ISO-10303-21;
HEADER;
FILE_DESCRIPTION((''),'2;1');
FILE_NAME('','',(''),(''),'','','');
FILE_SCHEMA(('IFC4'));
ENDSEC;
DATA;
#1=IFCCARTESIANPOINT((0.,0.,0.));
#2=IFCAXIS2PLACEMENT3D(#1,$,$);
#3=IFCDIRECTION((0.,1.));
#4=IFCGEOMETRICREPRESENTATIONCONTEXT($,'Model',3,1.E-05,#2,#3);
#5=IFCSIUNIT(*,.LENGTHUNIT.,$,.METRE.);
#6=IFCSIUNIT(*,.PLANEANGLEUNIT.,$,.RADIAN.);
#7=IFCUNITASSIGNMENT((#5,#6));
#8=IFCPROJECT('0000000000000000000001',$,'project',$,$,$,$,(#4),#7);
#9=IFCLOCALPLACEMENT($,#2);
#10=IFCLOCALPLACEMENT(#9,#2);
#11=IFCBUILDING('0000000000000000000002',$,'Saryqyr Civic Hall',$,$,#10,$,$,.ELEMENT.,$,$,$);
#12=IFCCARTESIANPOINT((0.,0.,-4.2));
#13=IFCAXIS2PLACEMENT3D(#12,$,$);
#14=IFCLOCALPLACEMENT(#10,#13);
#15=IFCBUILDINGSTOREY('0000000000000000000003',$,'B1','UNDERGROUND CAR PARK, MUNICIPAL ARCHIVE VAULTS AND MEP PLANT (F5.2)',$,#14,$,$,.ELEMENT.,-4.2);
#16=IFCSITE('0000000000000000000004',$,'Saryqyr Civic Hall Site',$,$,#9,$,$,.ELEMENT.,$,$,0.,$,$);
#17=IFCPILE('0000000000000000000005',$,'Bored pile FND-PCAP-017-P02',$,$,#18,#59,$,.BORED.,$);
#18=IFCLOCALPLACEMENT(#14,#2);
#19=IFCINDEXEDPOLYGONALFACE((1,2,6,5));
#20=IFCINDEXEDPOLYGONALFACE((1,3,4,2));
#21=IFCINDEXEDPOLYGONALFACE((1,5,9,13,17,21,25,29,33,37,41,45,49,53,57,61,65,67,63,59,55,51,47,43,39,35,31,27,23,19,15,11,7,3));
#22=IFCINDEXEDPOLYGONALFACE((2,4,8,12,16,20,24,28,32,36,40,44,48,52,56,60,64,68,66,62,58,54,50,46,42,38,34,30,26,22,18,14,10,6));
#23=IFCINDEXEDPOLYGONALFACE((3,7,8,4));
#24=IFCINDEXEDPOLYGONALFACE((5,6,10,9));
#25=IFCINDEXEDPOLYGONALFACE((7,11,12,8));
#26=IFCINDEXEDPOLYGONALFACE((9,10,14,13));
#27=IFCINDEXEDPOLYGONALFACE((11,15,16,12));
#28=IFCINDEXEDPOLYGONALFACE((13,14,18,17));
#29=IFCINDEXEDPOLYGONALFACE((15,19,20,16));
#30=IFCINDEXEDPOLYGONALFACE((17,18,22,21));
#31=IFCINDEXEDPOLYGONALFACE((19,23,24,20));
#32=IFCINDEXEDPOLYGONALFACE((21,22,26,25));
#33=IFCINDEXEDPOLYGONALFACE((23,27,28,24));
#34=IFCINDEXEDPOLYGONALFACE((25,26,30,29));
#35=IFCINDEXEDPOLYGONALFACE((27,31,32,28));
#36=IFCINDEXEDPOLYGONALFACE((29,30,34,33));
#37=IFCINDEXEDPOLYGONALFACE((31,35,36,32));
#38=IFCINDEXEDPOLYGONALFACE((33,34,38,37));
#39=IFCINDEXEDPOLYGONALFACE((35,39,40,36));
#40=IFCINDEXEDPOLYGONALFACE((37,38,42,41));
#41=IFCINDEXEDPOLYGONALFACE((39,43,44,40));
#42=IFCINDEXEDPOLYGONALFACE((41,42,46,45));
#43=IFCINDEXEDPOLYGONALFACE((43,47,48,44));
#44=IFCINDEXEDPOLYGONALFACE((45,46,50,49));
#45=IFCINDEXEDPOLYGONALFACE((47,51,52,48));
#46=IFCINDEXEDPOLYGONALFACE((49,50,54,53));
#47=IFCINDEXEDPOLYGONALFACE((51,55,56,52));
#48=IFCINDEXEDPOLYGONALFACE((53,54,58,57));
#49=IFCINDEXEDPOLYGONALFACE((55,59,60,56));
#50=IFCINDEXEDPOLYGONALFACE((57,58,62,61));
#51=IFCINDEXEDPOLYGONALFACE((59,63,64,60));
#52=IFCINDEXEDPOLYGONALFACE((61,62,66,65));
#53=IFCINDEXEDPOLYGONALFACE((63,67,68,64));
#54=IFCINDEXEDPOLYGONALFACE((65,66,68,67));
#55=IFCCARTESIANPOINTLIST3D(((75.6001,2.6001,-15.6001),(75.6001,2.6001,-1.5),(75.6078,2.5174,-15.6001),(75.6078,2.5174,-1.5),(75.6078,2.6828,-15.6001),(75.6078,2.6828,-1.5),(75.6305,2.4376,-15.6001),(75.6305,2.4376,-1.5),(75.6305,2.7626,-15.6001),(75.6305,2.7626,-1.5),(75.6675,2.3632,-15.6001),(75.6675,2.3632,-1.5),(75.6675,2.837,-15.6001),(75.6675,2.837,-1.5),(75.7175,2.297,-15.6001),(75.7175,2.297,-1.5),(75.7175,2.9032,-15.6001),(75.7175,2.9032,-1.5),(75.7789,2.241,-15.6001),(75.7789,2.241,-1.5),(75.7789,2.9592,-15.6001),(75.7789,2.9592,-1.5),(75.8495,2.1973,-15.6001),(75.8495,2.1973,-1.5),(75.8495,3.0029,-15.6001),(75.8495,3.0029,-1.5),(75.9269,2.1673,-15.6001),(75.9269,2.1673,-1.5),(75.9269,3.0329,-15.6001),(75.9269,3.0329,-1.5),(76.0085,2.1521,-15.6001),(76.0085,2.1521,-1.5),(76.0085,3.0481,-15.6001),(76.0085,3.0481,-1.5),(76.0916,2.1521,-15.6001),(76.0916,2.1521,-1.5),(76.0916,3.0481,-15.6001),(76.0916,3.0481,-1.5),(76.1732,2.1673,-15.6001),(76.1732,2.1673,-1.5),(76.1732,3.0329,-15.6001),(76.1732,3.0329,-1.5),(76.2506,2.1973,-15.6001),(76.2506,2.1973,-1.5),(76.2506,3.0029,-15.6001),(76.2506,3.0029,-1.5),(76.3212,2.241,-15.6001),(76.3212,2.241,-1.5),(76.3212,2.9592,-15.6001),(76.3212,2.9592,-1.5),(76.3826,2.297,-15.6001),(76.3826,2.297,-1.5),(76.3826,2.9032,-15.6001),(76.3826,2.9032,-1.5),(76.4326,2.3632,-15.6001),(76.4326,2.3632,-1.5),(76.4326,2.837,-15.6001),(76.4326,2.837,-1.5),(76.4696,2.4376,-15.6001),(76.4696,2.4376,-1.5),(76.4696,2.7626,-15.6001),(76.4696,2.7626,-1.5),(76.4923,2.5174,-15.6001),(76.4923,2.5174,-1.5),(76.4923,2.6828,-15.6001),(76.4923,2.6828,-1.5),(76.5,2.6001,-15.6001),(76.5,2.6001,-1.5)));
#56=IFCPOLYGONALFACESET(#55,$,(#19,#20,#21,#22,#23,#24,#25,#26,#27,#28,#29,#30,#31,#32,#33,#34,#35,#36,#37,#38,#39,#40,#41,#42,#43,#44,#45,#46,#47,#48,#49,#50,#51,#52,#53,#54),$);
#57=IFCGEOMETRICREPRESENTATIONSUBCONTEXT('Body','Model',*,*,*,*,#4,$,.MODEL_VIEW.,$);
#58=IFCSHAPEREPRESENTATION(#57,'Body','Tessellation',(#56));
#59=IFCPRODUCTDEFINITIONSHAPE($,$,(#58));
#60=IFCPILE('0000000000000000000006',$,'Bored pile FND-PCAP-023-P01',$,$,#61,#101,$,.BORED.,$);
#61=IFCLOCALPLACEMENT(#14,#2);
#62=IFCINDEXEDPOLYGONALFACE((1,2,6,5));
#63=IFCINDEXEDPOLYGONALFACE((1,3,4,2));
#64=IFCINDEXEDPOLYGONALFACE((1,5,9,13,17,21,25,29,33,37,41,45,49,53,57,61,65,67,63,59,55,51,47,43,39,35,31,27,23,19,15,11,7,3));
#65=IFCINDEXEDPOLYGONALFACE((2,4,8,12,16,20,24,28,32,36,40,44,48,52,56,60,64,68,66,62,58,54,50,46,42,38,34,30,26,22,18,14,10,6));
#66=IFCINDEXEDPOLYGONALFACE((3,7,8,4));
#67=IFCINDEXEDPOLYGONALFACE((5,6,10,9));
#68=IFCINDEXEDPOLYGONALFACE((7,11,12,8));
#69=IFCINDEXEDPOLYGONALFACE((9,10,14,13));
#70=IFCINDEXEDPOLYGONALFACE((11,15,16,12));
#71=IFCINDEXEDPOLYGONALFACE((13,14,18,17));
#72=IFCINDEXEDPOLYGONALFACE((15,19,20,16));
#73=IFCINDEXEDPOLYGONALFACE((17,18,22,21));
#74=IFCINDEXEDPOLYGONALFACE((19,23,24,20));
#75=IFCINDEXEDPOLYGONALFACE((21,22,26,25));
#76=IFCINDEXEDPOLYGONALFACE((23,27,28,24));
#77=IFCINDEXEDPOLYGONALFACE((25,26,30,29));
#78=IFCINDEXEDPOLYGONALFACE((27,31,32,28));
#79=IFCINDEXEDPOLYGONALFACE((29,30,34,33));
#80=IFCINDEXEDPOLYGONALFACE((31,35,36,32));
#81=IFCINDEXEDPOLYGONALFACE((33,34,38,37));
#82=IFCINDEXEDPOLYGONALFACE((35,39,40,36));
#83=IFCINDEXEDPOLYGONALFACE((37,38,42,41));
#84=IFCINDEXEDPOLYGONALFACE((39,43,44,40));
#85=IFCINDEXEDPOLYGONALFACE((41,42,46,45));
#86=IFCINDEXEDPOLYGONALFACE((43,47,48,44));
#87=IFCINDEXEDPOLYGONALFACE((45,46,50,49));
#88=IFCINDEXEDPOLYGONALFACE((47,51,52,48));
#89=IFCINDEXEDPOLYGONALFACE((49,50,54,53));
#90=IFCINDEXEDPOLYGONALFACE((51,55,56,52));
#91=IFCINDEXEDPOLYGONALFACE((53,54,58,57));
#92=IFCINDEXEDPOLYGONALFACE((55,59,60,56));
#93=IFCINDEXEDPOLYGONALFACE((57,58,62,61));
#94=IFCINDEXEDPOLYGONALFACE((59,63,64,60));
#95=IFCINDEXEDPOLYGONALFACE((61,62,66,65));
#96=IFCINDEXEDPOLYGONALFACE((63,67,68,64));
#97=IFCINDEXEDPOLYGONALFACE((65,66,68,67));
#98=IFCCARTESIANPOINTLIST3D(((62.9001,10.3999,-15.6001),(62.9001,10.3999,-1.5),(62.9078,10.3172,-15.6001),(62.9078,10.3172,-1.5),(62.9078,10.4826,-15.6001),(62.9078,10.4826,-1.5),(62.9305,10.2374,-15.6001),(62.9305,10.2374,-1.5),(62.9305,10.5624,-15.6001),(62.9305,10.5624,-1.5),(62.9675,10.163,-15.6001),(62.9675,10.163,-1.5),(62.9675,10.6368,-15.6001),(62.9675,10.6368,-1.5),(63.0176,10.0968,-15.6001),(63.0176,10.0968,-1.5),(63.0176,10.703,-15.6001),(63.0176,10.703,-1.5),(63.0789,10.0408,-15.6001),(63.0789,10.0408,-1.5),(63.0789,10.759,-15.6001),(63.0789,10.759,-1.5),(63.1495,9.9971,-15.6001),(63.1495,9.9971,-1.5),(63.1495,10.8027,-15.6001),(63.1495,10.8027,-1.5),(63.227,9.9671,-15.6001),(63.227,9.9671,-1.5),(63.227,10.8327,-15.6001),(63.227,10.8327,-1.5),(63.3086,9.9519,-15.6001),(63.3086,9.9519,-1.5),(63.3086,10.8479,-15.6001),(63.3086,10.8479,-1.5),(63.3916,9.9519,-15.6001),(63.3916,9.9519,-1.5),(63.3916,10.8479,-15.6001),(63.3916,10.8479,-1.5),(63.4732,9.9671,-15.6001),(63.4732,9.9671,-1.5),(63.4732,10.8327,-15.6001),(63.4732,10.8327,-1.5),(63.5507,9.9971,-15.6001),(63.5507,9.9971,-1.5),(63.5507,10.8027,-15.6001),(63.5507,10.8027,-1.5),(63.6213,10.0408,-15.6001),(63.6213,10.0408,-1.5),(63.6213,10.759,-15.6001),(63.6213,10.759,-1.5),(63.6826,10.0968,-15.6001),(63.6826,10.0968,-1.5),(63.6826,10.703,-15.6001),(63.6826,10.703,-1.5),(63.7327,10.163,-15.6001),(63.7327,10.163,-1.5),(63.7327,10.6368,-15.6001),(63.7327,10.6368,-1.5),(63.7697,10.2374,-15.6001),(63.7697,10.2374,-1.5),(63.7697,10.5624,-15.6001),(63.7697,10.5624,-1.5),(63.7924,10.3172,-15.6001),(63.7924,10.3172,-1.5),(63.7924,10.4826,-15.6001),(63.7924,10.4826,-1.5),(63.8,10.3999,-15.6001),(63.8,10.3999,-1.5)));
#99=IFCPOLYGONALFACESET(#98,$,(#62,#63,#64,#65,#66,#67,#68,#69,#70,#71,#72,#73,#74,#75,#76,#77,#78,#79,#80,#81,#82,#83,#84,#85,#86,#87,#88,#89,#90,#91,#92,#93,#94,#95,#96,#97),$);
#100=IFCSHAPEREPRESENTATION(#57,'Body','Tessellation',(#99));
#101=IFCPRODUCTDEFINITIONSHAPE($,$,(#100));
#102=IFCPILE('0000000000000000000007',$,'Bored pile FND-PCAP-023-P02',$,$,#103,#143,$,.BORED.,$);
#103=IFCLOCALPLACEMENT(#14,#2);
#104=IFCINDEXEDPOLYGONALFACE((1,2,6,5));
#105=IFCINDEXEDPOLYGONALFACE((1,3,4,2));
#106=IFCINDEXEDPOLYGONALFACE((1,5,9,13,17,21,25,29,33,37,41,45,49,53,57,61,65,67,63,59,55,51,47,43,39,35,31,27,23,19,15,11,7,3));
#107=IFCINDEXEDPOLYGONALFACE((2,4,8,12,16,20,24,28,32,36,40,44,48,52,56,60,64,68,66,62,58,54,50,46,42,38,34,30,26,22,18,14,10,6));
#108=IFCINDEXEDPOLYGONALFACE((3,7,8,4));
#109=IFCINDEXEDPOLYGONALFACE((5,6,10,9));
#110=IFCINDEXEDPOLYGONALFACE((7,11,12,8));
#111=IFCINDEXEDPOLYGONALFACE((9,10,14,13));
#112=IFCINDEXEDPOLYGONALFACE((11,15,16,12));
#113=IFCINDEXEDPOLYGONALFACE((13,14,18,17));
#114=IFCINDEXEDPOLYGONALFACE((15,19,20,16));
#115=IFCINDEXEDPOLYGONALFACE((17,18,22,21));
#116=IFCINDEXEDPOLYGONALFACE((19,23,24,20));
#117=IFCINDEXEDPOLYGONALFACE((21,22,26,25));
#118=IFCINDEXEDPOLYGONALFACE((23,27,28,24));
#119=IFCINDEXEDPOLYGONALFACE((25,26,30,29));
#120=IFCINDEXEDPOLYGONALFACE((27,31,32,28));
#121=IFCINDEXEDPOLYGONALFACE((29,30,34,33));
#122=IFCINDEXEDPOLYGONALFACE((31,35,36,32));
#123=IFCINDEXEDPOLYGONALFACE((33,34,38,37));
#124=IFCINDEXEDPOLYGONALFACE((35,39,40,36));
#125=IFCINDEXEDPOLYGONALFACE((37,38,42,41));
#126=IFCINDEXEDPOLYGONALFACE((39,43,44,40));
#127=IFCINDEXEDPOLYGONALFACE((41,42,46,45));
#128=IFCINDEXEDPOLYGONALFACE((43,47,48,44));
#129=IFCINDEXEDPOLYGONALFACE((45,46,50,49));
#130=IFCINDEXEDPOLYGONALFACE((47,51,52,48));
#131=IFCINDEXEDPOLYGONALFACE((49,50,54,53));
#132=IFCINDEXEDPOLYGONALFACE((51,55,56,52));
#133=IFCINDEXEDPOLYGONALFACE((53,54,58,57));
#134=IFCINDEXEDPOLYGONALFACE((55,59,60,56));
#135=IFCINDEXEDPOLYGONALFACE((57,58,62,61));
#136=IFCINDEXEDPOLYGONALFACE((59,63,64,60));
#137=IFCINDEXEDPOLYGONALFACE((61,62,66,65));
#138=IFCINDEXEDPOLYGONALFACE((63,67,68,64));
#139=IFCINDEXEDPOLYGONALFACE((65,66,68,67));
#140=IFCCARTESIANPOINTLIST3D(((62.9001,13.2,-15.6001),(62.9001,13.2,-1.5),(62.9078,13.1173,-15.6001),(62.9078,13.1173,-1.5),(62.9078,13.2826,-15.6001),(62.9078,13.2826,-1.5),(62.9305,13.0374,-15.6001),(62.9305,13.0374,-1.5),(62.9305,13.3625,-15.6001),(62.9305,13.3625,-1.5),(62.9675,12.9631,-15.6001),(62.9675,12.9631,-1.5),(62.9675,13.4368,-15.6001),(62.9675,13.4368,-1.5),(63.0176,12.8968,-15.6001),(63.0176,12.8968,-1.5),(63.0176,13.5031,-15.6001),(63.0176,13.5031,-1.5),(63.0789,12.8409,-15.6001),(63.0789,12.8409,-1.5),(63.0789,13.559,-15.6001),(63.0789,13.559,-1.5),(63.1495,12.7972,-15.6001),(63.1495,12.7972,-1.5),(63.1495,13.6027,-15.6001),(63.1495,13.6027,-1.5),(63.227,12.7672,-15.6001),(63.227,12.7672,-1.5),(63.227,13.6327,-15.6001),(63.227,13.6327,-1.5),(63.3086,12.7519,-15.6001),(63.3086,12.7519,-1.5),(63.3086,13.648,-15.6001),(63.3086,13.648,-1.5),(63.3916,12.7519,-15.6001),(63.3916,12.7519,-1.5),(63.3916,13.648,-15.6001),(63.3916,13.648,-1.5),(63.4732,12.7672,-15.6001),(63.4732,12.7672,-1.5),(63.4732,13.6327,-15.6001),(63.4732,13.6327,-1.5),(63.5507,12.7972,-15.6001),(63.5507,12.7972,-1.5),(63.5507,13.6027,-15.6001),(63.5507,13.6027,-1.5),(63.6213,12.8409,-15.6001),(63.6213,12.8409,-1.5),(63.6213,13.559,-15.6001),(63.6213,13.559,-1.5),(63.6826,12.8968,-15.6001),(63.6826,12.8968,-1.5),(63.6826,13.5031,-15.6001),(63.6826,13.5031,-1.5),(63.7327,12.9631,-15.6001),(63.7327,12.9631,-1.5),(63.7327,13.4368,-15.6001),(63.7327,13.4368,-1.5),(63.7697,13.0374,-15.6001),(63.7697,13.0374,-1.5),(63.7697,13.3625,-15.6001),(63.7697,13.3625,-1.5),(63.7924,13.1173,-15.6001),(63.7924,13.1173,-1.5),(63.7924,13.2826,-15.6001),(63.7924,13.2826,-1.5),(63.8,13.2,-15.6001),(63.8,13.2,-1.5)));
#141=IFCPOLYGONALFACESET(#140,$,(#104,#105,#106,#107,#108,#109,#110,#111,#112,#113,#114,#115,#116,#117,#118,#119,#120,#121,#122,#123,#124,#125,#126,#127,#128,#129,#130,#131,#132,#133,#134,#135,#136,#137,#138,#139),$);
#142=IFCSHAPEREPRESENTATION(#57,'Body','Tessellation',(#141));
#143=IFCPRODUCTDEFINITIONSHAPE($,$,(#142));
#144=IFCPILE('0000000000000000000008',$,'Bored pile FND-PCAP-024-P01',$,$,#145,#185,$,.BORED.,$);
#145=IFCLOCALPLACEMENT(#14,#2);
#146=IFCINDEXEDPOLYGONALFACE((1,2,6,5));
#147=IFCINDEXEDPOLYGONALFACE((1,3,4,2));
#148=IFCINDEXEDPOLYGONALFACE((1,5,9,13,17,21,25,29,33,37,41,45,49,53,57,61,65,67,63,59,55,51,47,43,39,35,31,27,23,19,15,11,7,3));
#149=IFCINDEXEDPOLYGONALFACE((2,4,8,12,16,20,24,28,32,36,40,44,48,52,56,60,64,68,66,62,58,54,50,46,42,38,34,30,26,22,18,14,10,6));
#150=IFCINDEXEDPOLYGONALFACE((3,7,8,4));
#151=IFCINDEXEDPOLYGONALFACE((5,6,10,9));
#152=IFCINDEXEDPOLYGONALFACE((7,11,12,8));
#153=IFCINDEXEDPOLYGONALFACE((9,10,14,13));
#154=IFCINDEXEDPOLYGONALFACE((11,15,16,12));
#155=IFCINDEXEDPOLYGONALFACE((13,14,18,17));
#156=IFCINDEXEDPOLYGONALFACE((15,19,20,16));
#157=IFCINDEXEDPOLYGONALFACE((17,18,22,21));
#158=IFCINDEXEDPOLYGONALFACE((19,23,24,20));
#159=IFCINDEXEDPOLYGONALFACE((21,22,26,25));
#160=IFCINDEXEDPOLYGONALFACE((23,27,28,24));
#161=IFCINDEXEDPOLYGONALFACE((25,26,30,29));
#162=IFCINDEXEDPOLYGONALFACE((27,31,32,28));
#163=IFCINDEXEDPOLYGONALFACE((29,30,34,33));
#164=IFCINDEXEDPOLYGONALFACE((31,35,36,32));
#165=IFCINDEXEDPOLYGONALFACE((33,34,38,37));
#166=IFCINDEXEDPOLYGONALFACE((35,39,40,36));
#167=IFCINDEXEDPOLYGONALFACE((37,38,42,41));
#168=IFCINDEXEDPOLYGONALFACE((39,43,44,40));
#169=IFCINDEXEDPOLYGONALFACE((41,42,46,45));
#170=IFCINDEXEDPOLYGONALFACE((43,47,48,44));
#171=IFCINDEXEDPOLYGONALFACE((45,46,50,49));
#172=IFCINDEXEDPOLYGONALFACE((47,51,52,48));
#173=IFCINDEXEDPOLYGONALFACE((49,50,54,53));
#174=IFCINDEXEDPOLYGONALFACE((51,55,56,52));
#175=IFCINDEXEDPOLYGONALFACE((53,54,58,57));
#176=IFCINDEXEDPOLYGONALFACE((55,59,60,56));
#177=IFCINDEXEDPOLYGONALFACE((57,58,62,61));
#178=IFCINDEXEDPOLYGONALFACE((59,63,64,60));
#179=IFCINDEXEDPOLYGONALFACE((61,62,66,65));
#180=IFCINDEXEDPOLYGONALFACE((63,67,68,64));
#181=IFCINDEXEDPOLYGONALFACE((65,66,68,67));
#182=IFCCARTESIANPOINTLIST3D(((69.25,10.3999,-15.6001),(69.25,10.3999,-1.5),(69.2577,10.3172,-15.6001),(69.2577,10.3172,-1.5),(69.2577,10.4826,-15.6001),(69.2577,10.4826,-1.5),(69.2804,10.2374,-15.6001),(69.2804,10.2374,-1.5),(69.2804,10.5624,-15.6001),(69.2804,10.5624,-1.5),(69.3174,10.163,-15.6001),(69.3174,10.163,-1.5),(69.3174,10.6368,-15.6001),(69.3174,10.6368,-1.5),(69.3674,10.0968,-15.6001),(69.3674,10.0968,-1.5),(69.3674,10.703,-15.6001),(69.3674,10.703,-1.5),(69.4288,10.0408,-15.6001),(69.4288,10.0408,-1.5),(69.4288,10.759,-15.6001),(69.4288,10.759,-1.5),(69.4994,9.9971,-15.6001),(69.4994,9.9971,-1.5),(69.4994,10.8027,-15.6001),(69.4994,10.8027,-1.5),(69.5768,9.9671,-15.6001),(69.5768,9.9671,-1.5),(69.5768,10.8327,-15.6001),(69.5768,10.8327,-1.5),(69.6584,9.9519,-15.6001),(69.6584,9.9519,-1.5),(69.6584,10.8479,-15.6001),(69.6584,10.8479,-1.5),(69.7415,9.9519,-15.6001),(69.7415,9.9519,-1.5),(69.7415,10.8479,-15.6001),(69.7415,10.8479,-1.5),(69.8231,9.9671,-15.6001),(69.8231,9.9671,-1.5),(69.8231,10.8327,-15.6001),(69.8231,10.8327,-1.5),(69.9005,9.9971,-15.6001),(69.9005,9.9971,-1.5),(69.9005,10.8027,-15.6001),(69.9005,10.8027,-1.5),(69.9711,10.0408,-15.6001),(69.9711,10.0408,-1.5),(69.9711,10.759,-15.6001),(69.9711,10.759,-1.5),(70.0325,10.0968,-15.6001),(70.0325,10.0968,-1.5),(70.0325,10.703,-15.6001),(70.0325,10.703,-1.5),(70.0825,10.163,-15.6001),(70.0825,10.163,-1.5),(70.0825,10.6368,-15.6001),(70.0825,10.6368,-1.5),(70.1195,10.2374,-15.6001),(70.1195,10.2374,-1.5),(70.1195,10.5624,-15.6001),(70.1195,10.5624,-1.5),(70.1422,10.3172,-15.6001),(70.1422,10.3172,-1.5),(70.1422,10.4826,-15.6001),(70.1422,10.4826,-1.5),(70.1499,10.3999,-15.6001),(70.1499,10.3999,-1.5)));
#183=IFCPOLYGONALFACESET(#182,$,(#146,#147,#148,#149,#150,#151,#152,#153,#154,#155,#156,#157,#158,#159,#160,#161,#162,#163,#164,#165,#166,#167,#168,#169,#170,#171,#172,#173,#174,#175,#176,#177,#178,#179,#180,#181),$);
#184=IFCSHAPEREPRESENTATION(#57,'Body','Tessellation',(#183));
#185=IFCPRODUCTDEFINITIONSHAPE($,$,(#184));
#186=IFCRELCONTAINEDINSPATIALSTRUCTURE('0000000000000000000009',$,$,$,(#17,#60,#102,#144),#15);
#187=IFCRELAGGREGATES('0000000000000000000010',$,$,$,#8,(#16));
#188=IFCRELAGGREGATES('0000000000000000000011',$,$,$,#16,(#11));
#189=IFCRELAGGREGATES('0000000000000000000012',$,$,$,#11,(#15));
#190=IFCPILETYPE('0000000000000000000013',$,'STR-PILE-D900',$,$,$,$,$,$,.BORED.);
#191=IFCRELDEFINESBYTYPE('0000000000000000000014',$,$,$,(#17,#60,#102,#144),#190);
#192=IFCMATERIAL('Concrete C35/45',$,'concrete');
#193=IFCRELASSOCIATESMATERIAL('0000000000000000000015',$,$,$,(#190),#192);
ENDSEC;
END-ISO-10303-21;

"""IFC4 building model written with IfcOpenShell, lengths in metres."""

from ifc_helpers import new_model, si_unit, direction, frame, origin, origin_2d, place, context, subcontext, project, spatial, circle, extrude, material, material_profile, profile_set, type_object, element, save


model = new_model("IFC4")

# Units and contexts
model_context = context("Model", 3, precision=1e-05, world=origin(), true_north=direction((0.0, 1.0)))
body_context = subcontext(model_context, "Body", "Model", "MODEL_VIEW")
ifc_project = project(units=[si_unit("LENGTHUNIT", "METRE"), si_unit("PLANEANGLEUNIT", "RADIAN")], contexts=[model_context])

# Site, building, storey
site_placement = place(None, origin())
site = spatial("IfcSite", under=ifc_project, at=site_placement, Name="Saryqyr Civic Hall Site", CompositionType="ELEMENT", RefElevation=0.0)
building_placement = place(site_placement, origin())
building = spatial("IfcBuilding", under=site, at=building_placement, Name="Saryqyr Civic Hall", CompositionType="ELEMENT")
storey_placement = place(building_placement, frame((0.0, 0.0, -4.2)))
storey = spatial("IfcBuildingStorey", under=building, at=storey_placement, Name="B1", Description="UNDERGROUND CAR PARK, MUNICIPAL ARCHIVE VAULTS AND MEP PLANT (F5.2)", CompositionType="ELEMENT", Elevation=-4.2)

# Shared definitions
ifc_material_1 = material(Name="Concrete C35/45", Category="concrete")

# Piles
ifc_material_profile_1 = material_profile(ifc_material_1, circle(Radius=0.45, at=origin_2d()), Name="BORED PILE D900")
ifc_profile_set_1 = profile_set([ifc_material_profile_1], Name="Concrete C35/45")
pile_type = type_object("IfcPileType", Name="STR-PILE-D900", PredefinedType="BORED", material=ifc_profile_set_1)
for number, where, z_axis, x_axis, name in (
    (1, (76.05, 2.6001, -1.5), (0.0, 0.0, -1.0), (1.0, 0.0, 0.0), "Bored pile FND-PCAP-017-P02"),
    (2, (63.3501, 10.3999, -1.5), (0.0, 0.0, -1.0), (1.0, 0.0, 0.0), "Bored pile FND-PCAP-023-P01"),
    (3, (63.3501, 13.2, -1.5), (0.0, 0.0, -1.0), (1.0, 0.0, 0.0), "Bored pile FND-PCAP-023-P02"),
    (4, (69.7, 10.3999, -1.5), (0.0, 0.0, -1.0), (1.0, 0.0, 0.0), "Bored pile FND-PCAP-024-P01"),
):
    element("IfcPile", number, at=place(storey_placement, frame(where, z_axis=z_axis, x_axis=x_axis)), inside=storey, type_object=pile_type, Name=name, PredefinedType="BORED", context=body_context, shape_type="SweptSolid", body=[
        extrude(circle(Radius=0.45, at=origin_2d()), origin(), (0.0, 0.0, 1.0), 14.1001),
    ])

save(model, "model.ifc")
